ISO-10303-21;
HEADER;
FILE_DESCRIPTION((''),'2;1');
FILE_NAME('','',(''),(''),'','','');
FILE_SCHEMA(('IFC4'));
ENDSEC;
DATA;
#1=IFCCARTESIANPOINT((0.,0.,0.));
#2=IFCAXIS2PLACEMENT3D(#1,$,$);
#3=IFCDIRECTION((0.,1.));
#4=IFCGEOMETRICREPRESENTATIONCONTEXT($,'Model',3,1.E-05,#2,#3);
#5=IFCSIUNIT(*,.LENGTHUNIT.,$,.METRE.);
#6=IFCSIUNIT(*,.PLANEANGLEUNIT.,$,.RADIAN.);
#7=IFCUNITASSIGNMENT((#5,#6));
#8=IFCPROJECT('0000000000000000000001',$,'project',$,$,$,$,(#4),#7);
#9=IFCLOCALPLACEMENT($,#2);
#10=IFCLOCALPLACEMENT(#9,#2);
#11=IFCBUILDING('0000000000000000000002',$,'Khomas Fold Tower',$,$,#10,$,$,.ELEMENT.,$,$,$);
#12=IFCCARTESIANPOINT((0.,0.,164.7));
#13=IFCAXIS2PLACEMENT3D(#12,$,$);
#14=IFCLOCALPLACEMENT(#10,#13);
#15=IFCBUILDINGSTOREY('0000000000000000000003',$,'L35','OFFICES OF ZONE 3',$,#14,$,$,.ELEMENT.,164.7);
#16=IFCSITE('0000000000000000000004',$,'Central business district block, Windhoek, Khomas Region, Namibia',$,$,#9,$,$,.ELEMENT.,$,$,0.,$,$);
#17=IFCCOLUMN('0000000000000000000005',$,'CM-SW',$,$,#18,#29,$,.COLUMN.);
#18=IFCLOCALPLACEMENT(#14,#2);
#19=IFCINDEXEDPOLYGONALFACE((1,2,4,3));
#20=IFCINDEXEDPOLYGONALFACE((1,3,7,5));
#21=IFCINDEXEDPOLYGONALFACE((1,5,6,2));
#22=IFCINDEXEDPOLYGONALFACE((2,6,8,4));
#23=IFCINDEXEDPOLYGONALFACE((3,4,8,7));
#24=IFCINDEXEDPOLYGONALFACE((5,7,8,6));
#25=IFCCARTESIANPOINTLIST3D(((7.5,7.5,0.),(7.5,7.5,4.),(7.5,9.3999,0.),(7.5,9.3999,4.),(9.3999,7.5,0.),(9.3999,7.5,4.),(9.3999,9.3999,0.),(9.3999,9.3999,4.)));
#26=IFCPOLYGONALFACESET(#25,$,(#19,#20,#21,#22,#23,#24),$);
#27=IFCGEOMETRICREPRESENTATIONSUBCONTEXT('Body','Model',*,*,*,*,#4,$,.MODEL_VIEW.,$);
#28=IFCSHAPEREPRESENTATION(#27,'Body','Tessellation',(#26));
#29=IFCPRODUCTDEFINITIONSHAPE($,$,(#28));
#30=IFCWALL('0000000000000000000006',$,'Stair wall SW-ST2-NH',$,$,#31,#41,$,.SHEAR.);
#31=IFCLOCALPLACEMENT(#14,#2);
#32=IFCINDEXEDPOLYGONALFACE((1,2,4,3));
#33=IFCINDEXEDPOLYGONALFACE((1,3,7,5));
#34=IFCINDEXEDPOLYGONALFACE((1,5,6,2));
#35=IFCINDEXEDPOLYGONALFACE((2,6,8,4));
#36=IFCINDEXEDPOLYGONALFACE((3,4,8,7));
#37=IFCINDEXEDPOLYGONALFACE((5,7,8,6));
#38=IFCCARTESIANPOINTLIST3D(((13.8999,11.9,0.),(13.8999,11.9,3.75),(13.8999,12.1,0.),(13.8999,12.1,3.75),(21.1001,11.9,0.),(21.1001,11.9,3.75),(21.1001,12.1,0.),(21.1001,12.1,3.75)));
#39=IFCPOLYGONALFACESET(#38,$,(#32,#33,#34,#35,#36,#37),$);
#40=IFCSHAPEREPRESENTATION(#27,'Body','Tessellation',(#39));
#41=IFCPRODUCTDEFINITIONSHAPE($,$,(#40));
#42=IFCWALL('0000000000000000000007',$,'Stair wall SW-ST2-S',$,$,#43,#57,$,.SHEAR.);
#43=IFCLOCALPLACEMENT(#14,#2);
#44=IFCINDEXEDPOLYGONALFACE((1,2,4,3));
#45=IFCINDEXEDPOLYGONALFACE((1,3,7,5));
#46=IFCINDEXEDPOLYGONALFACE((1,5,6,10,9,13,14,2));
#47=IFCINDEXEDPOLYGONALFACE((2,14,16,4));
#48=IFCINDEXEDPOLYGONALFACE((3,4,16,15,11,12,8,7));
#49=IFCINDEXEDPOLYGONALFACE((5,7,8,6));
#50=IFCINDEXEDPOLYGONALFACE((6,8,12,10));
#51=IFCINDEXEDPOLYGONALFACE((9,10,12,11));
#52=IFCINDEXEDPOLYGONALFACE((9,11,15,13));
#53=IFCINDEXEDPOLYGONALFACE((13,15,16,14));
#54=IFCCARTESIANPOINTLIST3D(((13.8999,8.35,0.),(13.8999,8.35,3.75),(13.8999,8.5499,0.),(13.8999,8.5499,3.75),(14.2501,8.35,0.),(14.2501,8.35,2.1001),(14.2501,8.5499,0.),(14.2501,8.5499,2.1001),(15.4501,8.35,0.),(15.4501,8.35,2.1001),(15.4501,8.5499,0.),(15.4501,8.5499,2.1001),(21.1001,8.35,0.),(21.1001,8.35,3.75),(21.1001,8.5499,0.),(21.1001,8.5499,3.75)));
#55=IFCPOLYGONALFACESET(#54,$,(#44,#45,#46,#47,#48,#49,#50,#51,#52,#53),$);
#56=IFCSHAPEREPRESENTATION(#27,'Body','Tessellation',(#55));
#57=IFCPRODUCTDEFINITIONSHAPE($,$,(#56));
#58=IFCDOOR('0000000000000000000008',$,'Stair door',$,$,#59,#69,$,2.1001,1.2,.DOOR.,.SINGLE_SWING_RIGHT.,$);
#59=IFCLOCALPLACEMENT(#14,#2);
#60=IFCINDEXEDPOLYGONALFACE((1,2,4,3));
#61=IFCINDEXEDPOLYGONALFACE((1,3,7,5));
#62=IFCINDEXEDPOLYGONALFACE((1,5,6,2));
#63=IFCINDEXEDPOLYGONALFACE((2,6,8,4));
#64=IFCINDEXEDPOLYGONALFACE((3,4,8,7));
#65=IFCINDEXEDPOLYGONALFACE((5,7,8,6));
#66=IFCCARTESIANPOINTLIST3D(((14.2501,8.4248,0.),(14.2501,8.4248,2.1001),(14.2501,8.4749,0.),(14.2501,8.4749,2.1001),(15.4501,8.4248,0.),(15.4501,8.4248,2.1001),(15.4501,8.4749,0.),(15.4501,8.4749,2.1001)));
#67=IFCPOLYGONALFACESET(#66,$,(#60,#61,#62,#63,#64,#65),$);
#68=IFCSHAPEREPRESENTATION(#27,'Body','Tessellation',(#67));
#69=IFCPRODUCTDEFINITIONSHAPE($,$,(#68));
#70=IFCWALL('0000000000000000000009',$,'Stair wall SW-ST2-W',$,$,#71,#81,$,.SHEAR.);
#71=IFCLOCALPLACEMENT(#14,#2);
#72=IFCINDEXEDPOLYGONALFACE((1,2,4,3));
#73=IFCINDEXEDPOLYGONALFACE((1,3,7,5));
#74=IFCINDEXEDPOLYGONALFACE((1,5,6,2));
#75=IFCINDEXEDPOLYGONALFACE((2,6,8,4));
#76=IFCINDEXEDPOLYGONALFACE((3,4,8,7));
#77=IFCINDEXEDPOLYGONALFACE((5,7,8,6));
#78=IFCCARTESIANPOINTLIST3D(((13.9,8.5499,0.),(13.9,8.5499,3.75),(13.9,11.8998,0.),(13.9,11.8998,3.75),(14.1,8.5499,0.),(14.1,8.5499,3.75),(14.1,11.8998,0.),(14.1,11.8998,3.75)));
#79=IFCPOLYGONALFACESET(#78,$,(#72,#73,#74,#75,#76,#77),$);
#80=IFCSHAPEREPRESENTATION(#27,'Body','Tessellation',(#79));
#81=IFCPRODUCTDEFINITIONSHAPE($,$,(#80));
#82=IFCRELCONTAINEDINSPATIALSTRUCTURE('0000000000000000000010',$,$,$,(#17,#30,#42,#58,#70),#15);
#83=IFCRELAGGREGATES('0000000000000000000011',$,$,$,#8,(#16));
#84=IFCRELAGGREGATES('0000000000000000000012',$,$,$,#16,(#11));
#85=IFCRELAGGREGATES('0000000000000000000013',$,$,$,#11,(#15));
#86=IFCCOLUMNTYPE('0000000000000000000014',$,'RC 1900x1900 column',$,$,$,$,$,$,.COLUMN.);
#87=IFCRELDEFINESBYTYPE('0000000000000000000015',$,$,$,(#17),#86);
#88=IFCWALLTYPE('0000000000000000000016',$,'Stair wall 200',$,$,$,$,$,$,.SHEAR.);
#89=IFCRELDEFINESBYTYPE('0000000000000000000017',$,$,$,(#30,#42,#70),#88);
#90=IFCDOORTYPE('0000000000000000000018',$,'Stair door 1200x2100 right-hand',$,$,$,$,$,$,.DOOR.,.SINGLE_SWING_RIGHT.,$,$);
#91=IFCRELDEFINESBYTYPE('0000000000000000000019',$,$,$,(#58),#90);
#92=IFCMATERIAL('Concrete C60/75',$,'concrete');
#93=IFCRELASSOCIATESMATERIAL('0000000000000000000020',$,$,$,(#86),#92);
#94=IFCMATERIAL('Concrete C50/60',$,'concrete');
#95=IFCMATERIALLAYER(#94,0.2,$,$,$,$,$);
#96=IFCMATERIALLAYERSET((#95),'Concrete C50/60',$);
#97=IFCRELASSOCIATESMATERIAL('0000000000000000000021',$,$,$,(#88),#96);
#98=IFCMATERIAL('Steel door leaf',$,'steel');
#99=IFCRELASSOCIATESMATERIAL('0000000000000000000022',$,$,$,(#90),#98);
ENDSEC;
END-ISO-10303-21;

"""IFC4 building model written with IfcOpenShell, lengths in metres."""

from ifc_helpers import new_model, si_unit, direction, frame, frame_2d, origin, origin_2d, place, context, subcontext, project, spatial, rectangle, extrude, source, transform, mapped, material, layer, layer_set, material_profile, profile_set, type_object, element, fill, save


model = new_model("IFC4")

# Units and contexts
model_context = context("Model", 3, precision=1e-05, world=origin(), true_north=direction((0.0, 1.0)))
body_context = subcontext(model_context, "Body", "Model", "MODEL_VIEW")
ifc_project = project(units=[si_unit("LENGTHUNIT", "METRE"), si_unit("PLANEANGLEUNIT", "RADIAN")], contexts=[model_context])

# Site, building, storey
site_placement = place(None, origin())
site = spatial("IfcSite", under=ifc_project, at=site_placement, Name="Central business district block, Windhoek, Khomas Region, Namibia", CompositionType="ELEMENT", RefElevation=0.0)
building_placement = place(site_placement, origin())
building = spatial("IfcBuilding", under=site, at=building_placement, Name="Khomas Fold Tower", CompositionType="ELEMENT")
storey_placement = place(building_placement, frame((0.0, 0.0, 164.7)))
storey = spatial("IfcBuildingStorey", under=building, at=storey_placement, Name="L35", Description="OFFICES OF ZONE 3", CompositionType="ELEMENT", Elevation=164.7)

# Column
ifc_material_1 = material(Name="Concrete C60/75", Category="concrete")
ifc_material_profile = material_profile(ifc_material_1, rectangle(XDim=1.8999, YDim=1.8999, at=origin_2d()), Name="RC 1900x1900")
ifc_profile_set = profile_set([ifc_material_profile], Name="Concrete C60/75")
column_type = type_object("IfcColumnType", Name="RC 1900x1900 column", PredefinedType="COLUMN", material=ifc_profile_set)
shared_shape_1 = source(origin(), body_context, "Body", "SweptSolid", [
    extrude(rectangle(XDim=1.8999, YDim=1.8999, at=origin_2d()), origin(), (0.0, 0.0, 1.0), 4.0),
])
column_placement = place(storey_placement, frame((8.45, 8.45, 0.0), z_axis=(0.0, 0.0, 1.0), x_axis=(1.0, 0.0, 0.0)))
element("IfcColumn", 1, at=column_placement, inside=storey, type_object=column_type, Name="CM-SW", PredefinedType="COLUMN", context=body_context, shape_type="MappedRepresentation", body=[
    mapped(shared_shape_1, transform((0.0, 0.0, 0.0))),
])

# Wall
ifc_material_2 = material(Name="Concrete C50/60", Category="concrete")
ifc_layer_1 = layer(ifc_material_2, 0.2)
ifc_layer_set_1 = layer_set([ifc_layer_1], Name="Concrete C50/60")
wall_type_1 = type_object("IfcWallType", Name="Stair wall 200", PredefinedType="SHEAR", material=ifc_layer_set_1)
shared_shape_2 = source(origin(), body_context, "Body", "SweptSolid", [
    extrude(rectangle(XDim=7.2002, YDim=0.2, at=frame_2d((3.6001, 0.0))), origin(), (0.0, 0.0, 1.0), 3.75),
])
wall_1_placement = place(storey_placement, frame((13.8999, 12.0, 0.0), z_axis=(0.0, 0.0, 1.0), x_axis=(1.0, 0.0, 0.0)))
element("IfcWall", 2, at=wall_1_placement, inside=storey, type_object=wall_type_1, Name="Stair wall SW-ST2-NH", PredefinedType="SHEAR", context=body_context, shape_type="MappedRepresentation", body=[
    mapped(shared_shape_2, transform((0.0, 0.0, 0.0))),
])

# Wall, opening, door
wall_2_placement = place(storey_placement, frame((13.8999, 8.45, 0.0), z_axis=(0.0, 0.0, 1.0), x_axis=(1.0, 0.0, 0.0)))
wall_2 = element("IfcWall", 3, at=wall_2_placement, inside=storey, type_object=wall_type_1, Name="Stair wall SW-ST2-S", PredefinedType="SHEAR", context=body_context, shape_type="MappedRepresentation", body=[
    mapped(shared_shape_2, transform((0.0, 0.0, 0.0))),
])
shared_shape_3 = source(origin(), body_context, "Body", "SweptSolid", [
    extrude(rectangle(XDim=1.2, YDim=2.1001, at=frame_2d((0.6001, 1.05))), frame((0.0, 0.1099, 0.0), z_axis=(0.0, -1.0, 0.0), x_axis=(1.0, 0.0, 0.0)), (0.0, 0.0, 1.0), 0.22),
])
opening_1_placement = place(wall_2_placement, frame((0.3501, 0.0, 0.0)))
opening_1 = element("IfcOpeningElement", 4, at=opening_1_placement, cuts=wall_2, PredefinedType="OPENING", context=body_context, shape_type="MappedRepresentation", body=[
    mapped(shared_shape_3, transform((0.0, 0.0, 0.0))),
])
ifc_material_3 = material(Name="Steel door leaf", Category="steel")
door_type_1 = type_object("IfcDoorType", Name="Stair door 1200x2100 right-hand", OperationType="SINGLE_SWING_RIGHT", PredefinedType="DOOR", material=ifc_material_3)
shared_shape_4 = source(origin(), body_context, "Body", "SweptSolid", [
    extrude(rectangle(XDim=1.2, YDim=2.1001, at=frame_2d((0.6001, 1.05))), frame((0.0, 0.0249, 0.0), z_axis=(0.0, -1.0, 0.0), x_axis=(1.0, 0.0, 0.0)), (0.0, 0.0, 1.0), 0.05),
])
door_1_placement = place(opening_1_placement, origin())
door_1 = element("IfcDoor", 5, at=door_1_placement, inside=storey, type_object=door_type_1, Name="Stair door", OperationType="SINGLE_SWING_RIGHT", OverallHeight=2.1001, OverallWidth=1.2, PredefinedType="DOOR", context=body_context, shape_type="MappedRepresentation", body=[
    mapped(shared_shape_4, transform((0.0, 0.0, 0.0))),
])
fill(opening_1, door_1)

# Wall
shared_shape_5 = source(origin(), body_context, "Body", "SweptSolid", [
    extrude(rectangle(XDim=3.3499, YDim=0.2, at=frame_2d((1.6748, 0.0))), origin(), (0.0, 0.0, 1.0), 3.75),
])
wall_3_placement = place(storey_placement, frame((14.0, 8.55, 0.0), z_axis=(0.0, 0.0, 1.0), x_axis=(0.0, 1.0, 0.0)))
element("IfcWall", 6, at=wall_3_placement, inside=storey, type_object=wall_type_1, Name="Stair wall SW-ST2-W", PredefinedType="SHEAR", context=body_context, shape_type="MappedRepresentation", body=[
    mapped(shared_shape_5, transform((0.0, 0.0, 0.0))),
])

save(model, "model.ifc")
